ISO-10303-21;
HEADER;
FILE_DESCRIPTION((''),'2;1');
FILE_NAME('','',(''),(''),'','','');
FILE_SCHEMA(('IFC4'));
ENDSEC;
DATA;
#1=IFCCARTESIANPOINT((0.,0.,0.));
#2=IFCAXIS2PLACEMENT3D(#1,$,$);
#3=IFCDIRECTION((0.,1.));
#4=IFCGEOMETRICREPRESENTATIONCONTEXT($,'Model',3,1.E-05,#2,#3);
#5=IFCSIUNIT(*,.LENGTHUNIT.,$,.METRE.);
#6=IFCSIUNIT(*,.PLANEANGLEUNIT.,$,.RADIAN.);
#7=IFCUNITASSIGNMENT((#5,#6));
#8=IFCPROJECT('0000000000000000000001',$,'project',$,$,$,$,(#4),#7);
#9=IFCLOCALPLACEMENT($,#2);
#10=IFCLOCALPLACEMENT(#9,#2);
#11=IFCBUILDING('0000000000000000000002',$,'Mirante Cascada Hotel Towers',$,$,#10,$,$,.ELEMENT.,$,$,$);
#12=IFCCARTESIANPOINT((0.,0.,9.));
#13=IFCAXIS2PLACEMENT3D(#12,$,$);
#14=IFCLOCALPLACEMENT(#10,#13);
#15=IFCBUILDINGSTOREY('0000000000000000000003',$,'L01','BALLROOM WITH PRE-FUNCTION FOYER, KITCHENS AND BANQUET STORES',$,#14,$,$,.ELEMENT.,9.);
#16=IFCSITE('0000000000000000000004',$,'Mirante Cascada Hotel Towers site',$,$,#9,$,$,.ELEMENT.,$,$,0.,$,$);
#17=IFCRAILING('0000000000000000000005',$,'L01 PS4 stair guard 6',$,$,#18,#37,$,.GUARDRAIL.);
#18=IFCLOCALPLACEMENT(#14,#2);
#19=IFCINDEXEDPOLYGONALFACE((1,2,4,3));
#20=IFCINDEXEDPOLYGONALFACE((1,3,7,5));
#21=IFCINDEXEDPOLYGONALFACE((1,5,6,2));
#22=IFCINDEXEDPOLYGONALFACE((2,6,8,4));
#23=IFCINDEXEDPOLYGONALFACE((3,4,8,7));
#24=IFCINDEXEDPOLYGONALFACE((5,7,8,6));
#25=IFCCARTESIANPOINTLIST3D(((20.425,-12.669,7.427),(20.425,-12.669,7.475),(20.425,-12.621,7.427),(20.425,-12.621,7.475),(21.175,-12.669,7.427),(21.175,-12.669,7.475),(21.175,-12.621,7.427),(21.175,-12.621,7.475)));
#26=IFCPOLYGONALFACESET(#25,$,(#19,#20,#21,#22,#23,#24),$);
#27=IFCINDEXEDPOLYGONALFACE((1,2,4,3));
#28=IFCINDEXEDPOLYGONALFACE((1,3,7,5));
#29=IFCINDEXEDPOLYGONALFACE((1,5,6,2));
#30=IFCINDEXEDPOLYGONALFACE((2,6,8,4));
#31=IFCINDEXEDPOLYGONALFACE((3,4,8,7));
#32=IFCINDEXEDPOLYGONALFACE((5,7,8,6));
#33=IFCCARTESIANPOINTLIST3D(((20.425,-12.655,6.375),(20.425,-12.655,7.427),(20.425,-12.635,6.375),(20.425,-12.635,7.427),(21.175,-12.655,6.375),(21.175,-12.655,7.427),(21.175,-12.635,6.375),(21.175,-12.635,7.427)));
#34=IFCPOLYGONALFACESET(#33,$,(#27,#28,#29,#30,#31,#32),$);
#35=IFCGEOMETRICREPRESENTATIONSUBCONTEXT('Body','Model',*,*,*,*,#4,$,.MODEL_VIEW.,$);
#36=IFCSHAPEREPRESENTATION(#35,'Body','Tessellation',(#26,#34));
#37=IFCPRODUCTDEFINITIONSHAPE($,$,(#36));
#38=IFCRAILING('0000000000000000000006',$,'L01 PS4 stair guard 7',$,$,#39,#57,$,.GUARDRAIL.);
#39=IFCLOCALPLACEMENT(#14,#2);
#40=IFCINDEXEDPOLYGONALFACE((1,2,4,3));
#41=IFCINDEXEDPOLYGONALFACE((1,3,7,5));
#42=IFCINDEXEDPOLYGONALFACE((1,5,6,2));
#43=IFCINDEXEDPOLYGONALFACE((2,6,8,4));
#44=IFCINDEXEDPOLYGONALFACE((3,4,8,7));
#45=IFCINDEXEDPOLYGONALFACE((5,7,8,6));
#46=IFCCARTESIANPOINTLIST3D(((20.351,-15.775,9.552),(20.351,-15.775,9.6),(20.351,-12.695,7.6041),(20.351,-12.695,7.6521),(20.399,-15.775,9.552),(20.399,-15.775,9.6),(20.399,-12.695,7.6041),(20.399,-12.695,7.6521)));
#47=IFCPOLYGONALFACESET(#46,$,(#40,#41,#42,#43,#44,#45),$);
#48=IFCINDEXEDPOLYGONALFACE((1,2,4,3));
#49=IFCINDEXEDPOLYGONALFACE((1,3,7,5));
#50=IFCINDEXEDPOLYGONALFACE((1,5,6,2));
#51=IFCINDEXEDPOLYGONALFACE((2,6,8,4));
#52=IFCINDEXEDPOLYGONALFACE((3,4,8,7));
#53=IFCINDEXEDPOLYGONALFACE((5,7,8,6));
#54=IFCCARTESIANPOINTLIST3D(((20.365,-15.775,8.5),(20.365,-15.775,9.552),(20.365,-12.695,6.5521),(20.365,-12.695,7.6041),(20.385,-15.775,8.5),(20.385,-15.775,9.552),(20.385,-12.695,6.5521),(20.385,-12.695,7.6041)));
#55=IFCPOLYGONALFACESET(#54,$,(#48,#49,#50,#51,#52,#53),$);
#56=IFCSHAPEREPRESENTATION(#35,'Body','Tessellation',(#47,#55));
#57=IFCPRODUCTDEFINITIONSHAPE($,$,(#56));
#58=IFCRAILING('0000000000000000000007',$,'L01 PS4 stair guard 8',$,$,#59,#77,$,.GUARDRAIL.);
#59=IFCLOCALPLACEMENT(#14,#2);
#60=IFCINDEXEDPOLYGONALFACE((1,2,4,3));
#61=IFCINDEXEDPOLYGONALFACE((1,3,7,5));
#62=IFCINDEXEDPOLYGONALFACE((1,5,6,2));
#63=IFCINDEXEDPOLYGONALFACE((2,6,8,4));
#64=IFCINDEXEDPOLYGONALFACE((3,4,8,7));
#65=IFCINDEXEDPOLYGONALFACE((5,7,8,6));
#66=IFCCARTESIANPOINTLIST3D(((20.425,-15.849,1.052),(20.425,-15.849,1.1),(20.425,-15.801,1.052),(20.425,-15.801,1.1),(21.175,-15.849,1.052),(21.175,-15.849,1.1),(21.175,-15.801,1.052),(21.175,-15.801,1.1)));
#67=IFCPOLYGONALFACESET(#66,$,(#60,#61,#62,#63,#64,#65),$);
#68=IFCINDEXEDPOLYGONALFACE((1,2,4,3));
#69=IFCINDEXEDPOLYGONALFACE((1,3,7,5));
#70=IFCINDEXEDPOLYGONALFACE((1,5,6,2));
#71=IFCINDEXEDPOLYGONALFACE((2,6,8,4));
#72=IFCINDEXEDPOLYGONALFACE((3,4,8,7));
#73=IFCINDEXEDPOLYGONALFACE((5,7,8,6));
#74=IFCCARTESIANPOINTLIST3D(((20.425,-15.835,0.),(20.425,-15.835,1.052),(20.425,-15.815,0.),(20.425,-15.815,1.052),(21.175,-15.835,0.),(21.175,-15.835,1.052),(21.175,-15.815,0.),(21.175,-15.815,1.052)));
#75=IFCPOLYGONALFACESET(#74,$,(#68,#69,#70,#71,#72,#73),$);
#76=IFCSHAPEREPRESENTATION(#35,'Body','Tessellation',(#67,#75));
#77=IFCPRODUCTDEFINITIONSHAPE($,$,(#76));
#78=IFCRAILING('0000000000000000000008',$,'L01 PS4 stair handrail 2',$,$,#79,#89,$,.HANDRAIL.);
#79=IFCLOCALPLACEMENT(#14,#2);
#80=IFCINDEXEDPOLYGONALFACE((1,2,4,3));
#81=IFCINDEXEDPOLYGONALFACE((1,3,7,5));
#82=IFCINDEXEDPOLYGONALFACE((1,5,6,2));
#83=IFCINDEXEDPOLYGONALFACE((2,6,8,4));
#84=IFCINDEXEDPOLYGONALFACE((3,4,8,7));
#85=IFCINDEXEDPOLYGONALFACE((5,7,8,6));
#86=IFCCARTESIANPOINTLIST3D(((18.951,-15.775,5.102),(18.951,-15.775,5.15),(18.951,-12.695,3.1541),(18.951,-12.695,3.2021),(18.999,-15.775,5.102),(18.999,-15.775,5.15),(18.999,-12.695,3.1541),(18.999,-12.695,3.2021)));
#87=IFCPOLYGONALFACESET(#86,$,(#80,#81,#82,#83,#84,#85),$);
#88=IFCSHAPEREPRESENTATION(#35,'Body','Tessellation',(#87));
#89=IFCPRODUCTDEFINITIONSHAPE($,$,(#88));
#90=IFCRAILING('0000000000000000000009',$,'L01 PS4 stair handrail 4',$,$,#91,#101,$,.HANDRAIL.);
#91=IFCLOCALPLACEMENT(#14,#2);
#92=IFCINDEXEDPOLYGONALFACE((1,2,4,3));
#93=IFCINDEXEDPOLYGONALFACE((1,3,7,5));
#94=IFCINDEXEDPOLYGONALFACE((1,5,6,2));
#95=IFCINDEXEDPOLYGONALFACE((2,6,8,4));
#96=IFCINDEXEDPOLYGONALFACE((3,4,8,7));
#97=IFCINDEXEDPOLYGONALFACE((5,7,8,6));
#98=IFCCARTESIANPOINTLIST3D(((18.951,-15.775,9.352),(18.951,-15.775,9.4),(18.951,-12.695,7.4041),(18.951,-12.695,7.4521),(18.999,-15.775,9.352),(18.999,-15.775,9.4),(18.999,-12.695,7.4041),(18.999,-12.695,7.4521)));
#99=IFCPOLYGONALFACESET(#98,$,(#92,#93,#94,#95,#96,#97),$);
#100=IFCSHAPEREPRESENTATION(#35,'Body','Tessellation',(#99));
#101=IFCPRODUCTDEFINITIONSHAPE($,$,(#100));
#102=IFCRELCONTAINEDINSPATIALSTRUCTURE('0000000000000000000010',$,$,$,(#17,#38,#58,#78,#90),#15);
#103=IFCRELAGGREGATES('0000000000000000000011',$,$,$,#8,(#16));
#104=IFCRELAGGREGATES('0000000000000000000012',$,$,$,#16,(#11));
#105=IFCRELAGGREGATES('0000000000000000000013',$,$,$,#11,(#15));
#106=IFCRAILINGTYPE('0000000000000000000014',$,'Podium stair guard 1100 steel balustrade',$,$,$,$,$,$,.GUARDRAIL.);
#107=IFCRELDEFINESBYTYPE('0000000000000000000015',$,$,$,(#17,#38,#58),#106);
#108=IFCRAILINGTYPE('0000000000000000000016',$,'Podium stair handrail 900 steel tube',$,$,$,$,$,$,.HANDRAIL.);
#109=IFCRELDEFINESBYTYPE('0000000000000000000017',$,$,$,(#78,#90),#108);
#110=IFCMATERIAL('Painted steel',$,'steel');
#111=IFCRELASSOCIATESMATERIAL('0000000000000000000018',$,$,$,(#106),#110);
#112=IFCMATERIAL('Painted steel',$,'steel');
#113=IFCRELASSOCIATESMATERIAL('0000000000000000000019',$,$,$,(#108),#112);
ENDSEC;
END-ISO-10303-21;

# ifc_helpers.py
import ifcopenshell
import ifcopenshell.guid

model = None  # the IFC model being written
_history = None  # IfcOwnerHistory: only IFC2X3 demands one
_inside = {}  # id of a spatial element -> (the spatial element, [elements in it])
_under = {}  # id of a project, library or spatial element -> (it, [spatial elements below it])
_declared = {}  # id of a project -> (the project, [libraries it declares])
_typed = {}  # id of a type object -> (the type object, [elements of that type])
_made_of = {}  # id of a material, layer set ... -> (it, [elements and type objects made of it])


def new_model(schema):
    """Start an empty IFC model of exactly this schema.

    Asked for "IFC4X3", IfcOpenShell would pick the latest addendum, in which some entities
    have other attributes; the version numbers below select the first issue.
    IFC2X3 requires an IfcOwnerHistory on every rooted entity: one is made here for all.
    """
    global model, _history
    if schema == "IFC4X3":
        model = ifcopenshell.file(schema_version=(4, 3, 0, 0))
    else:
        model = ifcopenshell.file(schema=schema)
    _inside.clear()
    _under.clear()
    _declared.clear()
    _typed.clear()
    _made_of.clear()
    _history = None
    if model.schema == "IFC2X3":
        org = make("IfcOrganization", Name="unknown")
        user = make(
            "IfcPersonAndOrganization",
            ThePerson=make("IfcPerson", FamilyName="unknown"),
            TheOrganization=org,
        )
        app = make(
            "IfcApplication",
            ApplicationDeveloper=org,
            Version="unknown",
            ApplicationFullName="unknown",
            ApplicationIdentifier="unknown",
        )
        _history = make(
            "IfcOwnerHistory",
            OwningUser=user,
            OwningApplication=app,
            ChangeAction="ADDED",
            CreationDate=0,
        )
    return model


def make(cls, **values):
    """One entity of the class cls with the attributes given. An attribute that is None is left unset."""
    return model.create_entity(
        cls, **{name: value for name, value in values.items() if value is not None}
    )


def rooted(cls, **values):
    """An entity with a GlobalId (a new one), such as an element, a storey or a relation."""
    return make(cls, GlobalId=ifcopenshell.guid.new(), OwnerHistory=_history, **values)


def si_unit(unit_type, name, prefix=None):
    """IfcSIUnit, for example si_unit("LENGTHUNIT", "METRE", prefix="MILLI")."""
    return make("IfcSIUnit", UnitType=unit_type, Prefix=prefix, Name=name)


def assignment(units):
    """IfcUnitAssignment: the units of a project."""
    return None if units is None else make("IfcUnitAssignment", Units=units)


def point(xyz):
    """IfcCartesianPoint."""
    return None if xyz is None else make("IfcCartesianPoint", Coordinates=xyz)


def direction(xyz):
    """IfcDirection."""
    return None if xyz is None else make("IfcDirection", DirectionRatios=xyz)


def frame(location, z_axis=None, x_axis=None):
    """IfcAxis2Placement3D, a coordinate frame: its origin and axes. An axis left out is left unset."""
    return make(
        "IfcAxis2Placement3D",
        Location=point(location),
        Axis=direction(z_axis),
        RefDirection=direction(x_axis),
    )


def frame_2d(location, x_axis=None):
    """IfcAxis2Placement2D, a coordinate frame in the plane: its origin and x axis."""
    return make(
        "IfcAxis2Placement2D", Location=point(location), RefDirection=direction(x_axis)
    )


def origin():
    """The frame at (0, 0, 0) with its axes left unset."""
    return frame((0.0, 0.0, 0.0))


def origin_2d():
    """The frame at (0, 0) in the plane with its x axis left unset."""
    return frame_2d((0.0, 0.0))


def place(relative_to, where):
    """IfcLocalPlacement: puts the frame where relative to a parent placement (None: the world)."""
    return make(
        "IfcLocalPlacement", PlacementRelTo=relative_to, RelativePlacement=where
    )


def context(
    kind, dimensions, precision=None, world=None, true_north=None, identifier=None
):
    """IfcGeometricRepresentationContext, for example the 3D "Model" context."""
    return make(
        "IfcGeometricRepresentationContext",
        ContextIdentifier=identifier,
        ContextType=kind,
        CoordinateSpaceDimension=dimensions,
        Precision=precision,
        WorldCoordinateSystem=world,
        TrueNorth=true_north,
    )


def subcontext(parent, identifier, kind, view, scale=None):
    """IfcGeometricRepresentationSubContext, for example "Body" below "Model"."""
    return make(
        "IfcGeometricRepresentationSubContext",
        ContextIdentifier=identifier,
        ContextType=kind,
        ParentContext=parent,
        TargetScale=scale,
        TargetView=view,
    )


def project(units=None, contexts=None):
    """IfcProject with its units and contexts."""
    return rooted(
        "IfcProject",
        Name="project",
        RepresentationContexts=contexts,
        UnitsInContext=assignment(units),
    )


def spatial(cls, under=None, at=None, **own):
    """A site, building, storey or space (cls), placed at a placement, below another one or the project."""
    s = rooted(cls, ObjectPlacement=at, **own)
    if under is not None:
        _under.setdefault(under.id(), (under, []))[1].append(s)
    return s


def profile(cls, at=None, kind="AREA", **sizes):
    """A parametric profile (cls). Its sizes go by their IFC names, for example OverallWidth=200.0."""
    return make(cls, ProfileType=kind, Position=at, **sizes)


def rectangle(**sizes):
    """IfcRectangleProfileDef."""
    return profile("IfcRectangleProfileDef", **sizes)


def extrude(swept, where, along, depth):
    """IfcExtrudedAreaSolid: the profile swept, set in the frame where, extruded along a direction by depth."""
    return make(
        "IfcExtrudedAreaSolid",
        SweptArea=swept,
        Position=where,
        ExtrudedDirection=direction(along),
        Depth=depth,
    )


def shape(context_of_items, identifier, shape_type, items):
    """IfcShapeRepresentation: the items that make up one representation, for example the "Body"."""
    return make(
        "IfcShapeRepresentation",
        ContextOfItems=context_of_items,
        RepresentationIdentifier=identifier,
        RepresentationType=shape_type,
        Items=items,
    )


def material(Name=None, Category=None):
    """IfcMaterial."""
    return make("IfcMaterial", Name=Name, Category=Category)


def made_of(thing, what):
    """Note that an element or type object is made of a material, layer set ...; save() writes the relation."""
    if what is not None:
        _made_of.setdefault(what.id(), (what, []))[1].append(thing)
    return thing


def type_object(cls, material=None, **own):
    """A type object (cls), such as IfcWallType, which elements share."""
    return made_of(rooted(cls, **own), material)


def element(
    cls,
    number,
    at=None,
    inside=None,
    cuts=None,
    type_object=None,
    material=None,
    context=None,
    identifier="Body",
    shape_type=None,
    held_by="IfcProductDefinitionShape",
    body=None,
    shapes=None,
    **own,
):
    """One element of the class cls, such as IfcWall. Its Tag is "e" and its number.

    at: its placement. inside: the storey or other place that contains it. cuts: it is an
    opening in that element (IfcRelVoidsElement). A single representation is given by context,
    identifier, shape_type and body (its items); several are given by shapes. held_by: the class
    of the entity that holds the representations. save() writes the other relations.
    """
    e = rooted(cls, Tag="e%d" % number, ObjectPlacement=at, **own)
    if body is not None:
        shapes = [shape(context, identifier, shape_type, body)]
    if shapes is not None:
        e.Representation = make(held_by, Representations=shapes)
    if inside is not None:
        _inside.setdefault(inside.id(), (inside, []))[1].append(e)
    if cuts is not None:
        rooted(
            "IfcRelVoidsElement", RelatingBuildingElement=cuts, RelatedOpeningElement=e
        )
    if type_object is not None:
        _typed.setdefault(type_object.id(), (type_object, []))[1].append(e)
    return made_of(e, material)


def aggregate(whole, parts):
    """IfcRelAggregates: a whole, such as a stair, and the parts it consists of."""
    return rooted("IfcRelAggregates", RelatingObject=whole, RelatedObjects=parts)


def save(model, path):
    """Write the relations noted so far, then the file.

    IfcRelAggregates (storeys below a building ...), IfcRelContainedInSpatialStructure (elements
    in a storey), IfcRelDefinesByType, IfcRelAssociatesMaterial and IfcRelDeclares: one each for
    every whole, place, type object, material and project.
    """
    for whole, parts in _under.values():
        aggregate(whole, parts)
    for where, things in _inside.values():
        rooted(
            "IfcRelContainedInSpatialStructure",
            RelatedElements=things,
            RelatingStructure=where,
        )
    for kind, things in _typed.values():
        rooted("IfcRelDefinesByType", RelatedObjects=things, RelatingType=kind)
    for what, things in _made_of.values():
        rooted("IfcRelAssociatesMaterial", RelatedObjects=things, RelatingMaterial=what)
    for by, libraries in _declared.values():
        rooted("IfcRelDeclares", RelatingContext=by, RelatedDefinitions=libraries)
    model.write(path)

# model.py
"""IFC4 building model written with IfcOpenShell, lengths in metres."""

from ifc_helpers import new_model, si_unit, direction, frame, origin, origin_2d, place, context, subcontext, project, spatial, rectangle, extrude, material, type_object, element, save


model = new_model("IFC4")

# Units and contexts
model_context = context("Model", 3, precision=1e-05, world=origin(), true_north=direction((0.0, 1.0)))
body_context = subcontext(model_context, "Body", "Model", "MODEL_VIEW")
ifc_project = project(units=[si_unit("LENGTHUNIT", "METRE"), si_unit("PLANEANGLEUNIT", "RADIAN")], contexts=[model_context])

# Site, building, storey
site_placement = place(None, origin())
site = spatial("IfcSite", under=ifc_project, at=site_placement, Name="Mirante Cascada Hotel Towers site", CompositionType="ELEMENT", RefElevation=0.0)
building_placement = place(site_placement, origin())
building = spatial("IfcBuilding", under=site, at=building_placement, Name="Mirante Cascada Hotel Towers", CompositionType="ELEMENT")
storey_placement = place(building_placement, frame((0.0, 0.0, 9.0)))
storey = spatial("IfcBuildingStorey", under=building, at=storey_placement, Name="L01", Description="BALLROOM WITH PRE-FUNCTION FOYER, KITCHENS AND BANQUET STORES", CompositionType="ELEMENT", Elevation=9.0)

# Railings
ifc_material_1 = material(Name="Painted steel", Category="steel")
railing_type_1 = type_object("IfcRailingType", Name="Podium stair guard 1100 steel balustrade", PredefinedType="GUARDRAIL", material=ifc_material_1)
railing_1_placement = place(storey_placement, frame((21.175, -12.645, 6.375)))
element("IfcRailing", 1, at=railing_1_placement, inside=storey, type_object=railing_type_1, Name="L01 PS4 stair guard 6", PredefinedType="GUARDRAIL", context=body_context, shape_type="SweptSolid", body=[
    extrude(rectangle(XDim=0.048, YDim=0.048, at=origin_2d()), frame((0.0, 0.0, 1.076), z_axis=(-1.0, 0.0, 0.0), x_axis=(0.0, -1.0, 0.0)), (0.0, 0.0, 1.0), 0.75),
    extrude(rectangle(XDim=0.02, YDim=1.052, at=origin_2d()), frame((0.0, 0.0, 0.526), z_axis=(-1.0, 0.0, 0.0), x_axis=(0.0, -1.0, 0.0)), (0.0, 0.0, 1.0), 0.75),
])
railing_2_placement = place(storey_placement, frame((20.375, -12.695, 6.5521)))
element("IfcRailing", 2, at=railing_2_placement, inside=storey, type_object=railing_type_1, Name="L01 PS4 stair guard 7", PredefinedType="GUARDRAIL", context=body_context, shape_type="SweptSolid", body=[
    extrude(rectangle(XDim=0.048, YDim=0.048, at=origin_2d()), frame((0.0, 0.0, 1.076), z_axis=(0.0, -1.0, 0.0), x_axis=(1.0, 0.0, 0.0)), (0.0, 0.53451, 0.845162), 3.6443),
    extrude(rectangle(XDim=0.02, YDim=1.052, at=origin_2d()), frame((0.0, 0.0, 0.526), z_axis=(0.0, -1.0, 0.0), x_axis=(1.0, 0.0, 0.0)), (0.0, 0.53451, 0.845162), 3.6443),
])
railing_3_placement = place(storey_placement, frame((21.175, -15.825, 0.0)))
element("IfcRailing", 3, at=railing_3_placement, inside=storey, type_object=railing_type_1, Name="L01 PS4 stair guard 8", PredefinedType="GUARDRAIL", context=body_context, shape_type="SweptSolid", body=[
    extrude(rectangle(XDim=0.048, YDim=0.048, at=origin_2d()), frame((0.0, 0.0, 1.076), z_axis=(-1.0, 0.0, 0.0), x_axis=(0.0, -1.0, 0.0)), (0.0, 0.0, 1.0), 0.75),
    extrude(rectangle(XDim=0.02, YDim=1.052, at=origin_2d()), frame((0.0, 0.0, 0.526), z_axis=(-1.0, 0.0, 0.0), x_axis=(0.0, -1.0, 0.0)), (0.0, 0.0, 1.0), 0.75),
])
ifc_material_2 = material(Name="Painted steel", Category="steel")
railing_type_2 = type_object("IfcRailingType", Name="Podium stair handrail 900 steel tube", PredefinedType="HANDRAIL", material=ifc_material_2)
for number, where, name in (
    (4, (18.975, -12.695, 2.3021), "L01 PS4 stair handrail 2"),
    (5, (18.975, -12.695, 6.5521), "L01 PS4 stair handrail 4"),
):
    element("IfcRailing", number, at=place(storey_placement, frame(where)), inside=storey, type_object=railing_type_2, Name=name, PredefinedType="HANDRAIL", context=body_context, shape_type="SweptSolid", body=[
        extrude(rectangle(XDim=0.048, YDim=0.048, at=origin_2d()), frame((0.0, 0.0, 0.876), z_axis=(0.0, -1.0, 0.0), x_axis=(1.0, 0.0, 0.0)), (0.0, 0.53451, 0.845162), 3.6443),
    ])

save(model, "model.ifc")
